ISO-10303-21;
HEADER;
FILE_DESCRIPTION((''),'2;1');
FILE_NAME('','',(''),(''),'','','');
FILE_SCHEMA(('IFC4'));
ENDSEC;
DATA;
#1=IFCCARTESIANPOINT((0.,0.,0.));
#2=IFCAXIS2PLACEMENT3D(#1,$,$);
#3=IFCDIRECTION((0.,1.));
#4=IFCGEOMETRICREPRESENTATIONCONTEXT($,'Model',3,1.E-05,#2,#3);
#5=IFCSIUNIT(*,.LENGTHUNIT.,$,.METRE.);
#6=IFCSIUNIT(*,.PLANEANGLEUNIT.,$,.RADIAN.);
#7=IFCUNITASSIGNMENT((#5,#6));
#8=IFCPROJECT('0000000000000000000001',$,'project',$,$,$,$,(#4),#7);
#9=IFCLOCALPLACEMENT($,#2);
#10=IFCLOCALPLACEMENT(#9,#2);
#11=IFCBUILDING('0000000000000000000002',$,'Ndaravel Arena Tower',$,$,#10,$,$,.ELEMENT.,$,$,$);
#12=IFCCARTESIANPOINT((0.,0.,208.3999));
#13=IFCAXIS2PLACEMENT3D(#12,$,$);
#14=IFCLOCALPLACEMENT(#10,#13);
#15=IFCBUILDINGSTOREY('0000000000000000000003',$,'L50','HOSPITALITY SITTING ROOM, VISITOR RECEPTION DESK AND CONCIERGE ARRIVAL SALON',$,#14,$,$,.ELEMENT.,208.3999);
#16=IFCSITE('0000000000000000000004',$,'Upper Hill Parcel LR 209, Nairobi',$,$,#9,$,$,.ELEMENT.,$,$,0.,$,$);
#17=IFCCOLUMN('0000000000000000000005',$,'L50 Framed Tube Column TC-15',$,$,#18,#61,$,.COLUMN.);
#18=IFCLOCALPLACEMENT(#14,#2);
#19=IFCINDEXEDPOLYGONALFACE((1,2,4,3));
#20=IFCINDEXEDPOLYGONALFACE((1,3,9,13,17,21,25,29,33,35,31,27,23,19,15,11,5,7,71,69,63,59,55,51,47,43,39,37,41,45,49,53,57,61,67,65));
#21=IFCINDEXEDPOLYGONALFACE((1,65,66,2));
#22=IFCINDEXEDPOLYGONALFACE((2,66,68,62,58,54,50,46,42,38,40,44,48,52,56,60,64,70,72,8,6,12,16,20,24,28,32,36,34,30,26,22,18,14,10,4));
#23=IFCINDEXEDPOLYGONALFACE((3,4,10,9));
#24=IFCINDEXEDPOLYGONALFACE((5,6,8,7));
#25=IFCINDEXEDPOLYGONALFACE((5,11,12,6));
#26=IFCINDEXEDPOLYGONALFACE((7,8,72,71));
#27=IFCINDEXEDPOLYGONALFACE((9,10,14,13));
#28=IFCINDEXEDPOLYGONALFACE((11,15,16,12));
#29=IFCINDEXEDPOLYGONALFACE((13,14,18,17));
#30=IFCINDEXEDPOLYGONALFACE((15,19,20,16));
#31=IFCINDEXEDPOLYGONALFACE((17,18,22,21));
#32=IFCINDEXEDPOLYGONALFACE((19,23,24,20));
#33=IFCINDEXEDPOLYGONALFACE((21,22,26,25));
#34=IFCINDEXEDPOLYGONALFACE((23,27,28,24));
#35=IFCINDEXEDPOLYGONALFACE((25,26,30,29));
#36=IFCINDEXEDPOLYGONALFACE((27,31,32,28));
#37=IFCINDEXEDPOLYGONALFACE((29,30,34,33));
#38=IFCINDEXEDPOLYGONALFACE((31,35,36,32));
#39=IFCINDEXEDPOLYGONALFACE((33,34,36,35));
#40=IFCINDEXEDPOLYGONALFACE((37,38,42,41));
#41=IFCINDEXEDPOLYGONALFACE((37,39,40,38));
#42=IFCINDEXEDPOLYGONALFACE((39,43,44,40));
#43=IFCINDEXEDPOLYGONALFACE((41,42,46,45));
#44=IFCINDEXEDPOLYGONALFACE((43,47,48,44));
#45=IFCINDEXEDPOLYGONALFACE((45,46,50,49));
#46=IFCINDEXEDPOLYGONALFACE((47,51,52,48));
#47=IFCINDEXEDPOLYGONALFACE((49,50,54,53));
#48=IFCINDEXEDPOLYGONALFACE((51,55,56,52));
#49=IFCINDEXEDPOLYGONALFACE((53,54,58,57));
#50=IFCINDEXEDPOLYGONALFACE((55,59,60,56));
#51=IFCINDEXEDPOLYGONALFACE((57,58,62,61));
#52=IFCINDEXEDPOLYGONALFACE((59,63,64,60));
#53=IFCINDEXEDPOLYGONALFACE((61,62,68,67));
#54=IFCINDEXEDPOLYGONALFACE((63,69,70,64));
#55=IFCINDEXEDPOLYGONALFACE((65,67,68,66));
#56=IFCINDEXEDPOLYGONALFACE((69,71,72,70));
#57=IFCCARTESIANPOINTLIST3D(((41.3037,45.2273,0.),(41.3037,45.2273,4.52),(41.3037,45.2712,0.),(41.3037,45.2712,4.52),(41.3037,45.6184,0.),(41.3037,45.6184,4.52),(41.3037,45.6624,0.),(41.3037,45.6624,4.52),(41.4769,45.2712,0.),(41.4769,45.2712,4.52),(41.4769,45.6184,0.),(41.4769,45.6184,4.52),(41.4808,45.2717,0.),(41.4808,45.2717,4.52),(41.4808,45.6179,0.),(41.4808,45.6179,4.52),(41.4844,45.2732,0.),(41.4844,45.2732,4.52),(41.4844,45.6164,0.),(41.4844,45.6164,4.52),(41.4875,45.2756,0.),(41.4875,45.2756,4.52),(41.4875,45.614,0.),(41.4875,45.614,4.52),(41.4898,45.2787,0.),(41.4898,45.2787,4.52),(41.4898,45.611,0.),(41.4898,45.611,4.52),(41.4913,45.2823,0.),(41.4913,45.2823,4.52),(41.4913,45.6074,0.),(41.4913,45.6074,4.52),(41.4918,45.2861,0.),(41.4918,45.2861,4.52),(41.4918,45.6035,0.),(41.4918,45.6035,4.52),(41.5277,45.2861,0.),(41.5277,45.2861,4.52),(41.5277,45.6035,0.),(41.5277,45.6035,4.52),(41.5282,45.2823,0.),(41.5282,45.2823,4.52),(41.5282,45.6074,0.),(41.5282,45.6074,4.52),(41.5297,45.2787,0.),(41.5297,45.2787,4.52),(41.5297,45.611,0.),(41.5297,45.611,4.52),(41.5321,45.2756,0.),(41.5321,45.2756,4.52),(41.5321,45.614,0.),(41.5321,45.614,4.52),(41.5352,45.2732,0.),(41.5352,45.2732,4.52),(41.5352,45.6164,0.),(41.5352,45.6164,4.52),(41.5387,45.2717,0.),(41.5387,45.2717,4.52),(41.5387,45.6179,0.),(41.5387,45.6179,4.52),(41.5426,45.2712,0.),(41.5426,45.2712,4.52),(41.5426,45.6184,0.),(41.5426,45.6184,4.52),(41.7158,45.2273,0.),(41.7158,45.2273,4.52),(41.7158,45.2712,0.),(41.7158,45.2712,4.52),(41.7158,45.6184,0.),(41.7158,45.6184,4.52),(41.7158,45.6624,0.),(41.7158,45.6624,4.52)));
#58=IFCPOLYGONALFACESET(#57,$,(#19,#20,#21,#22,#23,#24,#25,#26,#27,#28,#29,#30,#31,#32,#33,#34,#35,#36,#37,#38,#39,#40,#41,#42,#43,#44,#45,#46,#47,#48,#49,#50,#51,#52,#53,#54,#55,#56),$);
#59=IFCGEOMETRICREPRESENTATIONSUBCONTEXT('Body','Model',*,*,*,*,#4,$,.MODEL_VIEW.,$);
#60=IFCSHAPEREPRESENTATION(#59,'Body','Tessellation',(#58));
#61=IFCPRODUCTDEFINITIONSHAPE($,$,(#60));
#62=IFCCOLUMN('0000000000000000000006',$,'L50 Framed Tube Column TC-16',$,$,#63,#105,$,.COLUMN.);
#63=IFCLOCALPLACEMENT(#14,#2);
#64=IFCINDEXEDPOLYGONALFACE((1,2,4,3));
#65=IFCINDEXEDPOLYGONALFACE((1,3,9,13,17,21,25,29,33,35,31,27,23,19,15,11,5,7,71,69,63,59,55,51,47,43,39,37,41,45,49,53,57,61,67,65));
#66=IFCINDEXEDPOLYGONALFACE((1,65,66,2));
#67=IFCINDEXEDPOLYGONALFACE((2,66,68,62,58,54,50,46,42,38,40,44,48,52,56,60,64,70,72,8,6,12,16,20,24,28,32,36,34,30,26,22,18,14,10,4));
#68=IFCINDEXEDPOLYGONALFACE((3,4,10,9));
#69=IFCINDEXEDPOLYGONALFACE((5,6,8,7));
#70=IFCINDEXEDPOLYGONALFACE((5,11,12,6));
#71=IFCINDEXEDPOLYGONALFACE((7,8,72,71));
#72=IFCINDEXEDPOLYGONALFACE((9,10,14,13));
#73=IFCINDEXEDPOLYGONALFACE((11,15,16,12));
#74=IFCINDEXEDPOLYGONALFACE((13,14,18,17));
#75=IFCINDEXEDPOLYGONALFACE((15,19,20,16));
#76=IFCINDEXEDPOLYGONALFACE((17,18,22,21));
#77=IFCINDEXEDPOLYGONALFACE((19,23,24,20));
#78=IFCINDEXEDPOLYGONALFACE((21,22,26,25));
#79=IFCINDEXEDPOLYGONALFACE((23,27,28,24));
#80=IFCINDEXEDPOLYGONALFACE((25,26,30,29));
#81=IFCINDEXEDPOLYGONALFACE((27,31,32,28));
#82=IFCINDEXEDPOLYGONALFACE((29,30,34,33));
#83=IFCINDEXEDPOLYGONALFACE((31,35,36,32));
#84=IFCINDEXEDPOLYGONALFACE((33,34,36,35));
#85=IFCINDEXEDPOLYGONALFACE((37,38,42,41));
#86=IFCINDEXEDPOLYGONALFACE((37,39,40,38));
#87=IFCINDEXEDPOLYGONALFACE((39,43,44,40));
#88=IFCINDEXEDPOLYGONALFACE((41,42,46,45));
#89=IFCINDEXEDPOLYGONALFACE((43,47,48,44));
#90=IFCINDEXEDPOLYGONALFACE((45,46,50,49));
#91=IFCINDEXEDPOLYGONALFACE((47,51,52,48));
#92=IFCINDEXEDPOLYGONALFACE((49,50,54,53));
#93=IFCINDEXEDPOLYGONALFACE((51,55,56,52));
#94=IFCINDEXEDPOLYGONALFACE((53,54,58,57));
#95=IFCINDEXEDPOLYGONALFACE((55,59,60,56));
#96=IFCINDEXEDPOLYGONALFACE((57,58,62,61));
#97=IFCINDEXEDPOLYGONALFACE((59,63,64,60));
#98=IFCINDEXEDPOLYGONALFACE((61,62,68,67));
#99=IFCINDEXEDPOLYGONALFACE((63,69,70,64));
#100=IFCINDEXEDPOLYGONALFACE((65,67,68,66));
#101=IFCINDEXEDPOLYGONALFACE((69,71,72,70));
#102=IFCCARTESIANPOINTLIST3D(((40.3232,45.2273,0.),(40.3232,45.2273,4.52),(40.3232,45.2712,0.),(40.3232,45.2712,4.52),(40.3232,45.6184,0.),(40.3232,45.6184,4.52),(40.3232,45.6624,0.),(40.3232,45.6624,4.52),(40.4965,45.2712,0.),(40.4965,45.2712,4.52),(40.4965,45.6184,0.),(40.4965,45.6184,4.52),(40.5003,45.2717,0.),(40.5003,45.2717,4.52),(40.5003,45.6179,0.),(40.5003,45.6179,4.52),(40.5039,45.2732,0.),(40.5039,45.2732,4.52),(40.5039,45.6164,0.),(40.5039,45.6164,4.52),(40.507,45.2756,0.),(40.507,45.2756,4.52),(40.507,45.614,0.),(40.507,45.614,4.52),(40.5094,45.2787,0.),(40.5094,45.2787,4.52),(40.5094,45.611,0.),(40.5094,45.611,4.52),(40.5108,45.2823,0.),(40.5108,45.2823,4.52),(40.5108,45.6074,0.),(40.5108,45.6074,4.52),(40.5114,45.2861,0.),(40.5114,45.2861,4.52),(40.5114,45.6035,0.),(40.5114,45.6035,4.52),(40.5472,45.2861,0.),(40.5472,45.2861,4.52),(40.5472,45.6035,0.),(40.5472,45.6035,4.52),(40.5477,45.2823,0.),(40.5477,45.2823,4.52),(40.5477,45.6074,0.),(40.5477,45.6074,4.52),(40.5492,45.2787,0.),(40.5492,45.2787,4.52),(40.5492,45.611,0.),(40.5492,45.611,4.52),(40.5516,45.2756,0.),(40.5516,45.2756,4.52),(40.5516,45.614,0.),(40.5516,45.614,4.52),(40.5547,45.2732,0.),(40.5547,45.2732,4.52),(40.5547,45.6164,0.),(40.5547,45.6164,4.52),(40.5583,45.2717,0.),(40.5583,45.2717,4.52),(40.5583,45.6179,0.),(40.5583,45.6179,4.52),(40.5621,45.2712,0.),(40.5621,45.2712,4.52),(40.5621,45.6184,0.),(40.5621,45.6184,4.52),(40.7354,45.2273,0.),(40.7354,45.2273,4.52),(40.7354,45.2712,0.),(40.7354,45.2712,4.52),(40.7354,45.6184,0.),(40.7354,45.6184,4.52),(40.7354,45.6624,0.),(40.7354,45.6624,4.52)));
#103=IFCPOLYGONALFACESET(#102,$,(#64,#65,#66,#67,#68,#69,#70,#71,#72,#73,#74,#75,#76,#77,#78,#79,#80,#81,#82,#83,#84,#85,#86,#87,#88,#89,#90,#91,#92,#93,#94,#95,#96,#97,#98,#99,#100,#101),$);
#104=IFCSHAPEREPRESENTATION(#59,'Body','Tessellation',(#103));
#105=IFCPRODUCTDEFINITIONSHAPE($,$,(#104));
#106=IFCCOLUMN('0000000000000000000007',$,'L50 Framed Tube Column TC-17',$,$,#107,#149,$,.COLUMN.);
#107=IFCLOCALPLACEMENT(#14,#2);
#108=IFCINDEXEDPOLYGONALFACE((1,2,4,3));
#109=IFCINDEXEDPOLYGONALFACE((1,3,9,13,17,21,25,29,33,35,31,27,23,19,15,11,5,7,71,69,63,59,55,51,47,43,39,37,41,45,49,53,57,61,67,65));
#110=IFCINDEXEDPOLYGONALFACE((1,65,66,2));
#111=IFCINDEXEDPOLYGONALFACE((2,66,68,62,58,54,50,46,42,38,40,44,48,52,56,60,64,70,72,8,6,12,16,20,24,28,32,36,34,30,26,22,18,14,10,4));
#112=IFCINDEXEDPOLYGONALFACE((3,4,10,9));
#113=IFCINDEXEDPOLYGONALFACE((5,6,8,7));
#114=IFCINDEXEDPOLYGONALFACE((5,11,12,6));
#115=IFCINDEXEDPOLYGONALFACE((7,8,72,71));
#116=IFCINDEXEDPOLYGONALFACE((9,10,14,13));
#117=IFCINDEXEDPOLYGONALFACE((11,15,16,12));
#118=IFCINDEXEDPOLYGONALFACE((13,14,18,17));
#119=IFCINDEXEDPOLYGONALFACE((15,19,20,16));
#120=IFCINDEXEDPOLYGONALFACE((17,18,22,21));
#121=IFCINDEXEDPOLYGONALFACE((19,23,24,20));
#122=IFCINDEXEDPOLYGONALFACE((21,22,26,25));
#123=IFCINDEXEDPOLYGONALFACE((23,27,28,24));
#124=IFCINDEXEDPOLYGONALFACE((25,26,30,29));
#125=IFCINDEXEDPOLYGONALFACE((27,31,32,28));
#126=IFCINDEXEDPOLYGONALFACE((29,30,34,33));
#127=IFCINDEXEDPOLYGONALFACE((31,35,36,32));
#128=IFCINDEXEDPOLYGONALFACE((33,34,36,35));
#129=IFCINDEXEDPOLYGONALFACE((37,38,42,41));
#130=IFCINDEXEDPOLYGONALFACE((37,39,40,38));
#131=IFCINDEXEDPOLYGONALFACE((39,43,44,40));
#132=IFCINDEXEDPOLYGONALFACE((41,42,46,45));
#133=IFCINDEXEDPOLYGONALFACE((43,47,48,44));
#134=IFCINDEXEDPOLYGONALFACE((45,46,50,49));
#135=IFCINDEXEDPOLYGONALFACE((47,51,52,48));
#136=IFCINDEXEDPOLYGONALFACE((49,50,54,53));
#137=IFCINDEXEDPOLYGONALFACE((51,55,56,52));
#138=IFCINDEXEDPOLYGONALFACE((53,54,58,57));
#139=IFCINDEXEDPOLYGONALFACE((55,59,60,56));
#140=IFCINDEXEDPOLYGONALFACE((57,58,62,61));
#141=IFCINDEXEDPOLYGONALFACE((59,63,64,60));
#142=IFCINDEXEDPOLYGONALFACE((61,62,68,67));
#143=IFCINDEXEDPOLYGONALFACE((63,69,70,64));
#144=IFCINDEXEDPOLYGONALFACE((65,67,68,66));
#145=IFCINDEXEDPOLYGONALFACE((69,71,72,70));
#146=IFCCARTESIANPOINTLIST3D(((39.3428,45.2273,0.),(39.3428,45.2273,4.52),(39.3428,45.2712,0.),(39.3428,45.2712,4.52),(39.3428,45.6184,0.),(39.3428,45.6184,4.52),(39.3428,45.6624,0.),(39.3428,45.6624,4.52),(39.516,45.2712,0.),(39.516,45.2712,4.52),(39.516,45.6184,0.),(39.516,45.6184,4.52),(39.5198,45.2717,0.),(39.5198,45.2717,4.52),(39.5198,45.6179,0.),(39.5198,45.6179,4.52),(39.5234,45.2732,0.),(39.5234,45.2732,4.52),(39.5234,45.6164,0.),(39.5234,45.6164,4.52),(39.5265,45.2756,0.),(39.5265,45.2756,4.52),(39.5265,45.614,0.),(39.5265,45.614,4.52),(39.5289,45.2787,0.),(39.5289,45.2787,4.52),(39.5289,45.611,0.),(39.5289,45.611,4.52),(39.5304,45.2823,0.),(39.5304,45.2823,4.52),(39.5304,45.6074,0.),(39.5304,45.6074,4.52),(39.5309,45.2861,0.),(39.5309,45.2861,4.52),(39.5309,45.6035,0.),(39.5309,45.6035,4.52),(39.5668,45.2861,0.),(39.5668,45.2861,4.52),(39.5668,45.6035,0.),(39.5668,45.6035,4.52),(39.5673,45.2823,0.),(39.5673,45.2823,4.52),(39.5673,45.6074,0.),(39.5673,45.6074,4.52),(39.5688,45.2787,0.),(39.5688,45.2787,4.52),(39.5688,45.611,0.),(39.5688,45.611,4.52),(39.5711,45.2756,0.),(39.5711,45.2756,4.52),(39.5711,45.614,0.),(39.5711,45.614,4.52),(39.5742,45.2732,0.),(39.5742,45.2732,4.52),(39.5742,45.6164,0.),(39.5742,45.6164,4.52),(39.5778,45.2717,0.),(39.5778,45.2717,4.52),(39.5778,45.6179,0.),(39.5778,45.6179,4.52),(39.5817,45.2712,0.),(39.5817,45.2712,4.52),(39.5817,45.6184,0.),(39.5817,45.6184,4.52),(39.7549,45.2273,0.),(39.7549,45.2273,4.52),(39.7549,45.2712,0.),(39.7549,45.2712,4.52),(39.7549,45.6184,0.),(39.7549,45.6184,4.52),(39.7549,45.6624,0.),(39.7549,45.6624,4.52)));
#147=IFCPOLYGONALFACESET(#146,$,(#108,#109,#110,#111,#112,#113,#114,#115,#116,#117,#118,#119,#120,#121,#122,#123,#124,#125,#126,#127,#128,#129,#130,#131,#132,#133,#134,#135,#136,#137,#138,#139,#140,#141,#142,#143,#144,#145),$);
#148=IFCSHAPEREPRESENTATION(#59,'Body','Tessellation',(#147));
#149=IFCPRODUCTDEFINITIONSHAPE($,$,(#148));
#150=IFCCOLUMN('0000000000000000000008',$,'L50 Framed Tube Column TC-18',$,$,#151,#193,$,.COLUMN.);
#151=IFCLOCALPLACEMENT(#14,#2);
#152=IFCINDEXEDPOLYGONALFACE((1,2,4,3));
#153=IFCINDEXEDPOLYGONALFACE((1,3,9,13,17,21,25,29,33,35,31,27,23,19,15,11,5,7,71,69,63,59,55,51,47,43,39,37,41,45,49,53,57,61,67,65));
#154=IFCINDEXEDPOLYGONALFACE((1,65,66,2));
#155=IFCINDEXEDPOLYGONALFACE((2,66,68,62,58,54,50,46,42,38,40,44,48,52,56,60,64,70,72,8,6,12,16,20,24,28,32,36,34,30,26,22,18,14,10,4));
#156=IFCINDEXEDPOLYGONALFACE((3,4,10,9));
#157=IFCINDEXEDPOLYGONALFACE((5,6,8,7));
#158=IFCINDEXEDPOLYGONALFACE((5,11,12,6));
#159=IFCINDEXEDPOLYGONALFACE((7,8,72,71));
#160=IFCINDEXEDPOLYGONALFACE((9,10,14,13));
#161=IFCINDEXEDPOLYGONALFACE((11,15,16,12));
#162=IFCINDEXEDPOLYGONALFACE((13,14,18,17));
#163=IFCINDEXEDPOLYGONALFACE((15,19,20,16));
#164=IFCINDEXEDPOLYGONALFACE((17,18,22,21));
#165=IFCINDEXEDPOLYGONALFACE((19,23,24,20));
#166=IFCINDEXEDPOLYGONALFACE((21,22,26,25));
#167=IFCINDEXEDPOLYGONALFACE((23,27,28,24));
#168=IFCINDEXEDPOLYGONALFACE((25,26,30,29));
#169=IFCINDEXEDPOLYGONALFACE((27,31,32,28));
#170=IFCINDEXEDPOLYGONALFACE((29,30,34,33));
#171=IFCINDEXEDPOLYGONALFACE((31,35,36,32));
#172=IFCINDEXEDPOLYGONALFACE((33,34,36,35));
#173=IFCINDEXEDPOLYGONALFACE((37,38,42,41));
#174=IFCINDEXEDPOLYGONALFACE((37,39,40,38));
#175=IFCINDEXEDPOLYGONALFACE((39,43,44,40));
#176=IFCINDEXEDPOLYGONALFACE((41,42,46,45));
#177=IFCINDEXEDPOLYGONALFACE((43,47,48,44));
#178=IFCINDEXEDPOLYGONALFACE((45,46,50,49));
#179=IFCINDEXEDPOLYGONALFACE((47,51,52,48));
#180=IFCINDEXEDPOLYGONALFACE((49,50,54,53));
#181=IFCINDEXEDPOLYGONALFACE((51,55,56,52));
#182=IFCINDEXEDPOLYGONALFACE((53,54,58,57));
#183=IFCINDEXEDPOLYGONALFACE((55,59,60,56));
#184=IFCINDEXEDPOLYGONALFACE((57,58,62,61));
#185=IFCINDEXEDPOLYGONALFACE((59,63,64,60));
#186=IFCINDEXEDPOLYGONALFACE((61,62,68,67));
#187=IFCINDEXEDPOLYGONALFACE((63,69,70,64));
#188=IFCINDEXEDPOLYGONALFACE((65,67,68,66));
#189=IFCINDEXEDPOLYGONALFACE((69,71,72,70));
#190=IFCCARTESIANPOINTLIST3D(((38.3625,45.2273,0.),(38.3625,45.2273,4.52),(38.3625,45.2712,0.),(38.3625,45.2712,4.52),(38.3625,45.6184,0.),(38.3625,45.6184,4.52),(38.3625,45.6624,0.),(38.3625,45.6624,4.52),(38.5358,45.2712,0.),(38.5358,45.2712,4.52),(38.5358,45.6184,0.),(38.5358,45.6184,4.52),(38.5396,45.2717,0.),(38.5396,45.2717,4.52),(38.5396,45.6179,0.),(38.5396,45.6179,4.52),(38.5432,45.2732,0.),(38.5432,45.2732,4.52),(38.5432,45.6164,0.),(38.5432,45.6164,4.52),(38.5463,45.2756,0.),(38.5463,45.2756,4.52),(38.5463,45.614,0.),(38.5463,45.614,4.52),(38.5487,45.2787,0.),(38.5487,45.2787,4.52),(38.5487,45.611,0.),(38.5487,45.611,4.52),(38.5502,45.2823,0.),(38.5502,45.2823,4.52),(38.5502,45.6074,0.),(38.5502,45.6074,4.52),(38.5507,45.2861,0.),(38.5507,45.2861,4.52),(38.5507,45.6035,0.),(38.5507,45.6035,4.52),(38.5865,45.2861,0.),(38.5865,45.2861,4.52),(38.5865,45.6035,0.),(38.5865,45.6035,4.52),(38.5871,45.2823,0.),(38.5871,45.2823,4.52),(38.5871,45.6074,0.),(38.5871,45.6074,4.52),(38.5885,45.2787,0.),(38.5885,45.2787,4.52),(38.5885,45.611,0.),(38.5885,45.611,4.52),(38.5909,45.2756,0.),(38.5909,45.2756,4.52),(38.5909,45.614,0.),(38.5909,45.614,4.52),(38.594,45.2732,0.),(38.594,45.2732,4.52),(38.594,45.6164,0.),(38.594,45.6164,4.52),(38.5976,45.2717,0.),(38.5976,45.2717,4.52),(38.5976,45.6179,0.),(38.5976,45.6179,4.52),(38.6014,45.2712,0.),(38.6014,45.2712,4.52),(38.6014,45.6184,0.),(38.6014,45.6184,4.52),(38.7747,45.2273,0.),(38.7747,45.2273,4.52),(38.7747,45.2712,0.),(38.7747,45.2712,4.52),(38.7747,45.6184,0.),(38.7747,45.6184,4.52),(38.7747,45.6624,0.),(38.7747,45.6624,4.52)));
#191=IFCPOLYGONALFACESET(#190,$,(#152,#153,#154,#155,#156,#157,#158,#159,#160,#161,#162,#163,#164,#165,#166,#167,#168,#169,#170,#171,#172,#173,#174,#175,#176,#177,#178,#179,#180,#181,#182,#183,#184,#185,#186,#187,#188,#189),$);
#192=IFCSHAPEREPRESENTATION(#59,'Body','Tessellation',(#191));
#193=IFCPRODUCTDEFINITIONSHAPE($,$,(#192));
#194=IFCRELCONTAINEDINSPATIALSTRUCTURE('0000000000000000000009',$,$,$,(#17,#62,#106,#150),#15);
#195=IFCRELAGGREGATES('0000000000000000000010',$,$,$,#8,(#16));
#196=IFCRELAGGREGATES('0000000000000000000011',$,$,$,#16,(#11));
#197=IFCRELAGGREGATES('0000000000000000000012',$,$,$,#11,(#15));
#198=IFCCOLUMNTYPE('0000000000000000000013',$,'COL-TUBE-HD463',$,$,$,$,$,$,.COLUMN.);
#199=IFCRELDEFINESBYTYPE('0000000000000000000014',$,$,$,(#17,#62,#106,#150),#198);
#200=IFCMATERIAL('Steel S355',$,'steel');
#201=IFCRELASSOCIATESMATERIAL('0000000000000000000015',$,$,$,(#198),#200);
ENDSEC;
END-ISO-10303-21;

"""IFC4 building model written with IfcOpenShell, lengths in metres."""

from ifc_helpers import new_model, si_unit, direction, frame, origin, origin_2d, place, context, subcontext, project, spatial, i_section, extrude, material, material_profile, profile_set, type_object, element, save


model = new_model("IFC4")

# Units and contexts
model_context = context("Model", 3, precision=1e-05, world=origin(), true_north=direction((0.0, 1.0)))
body_context = subcontext(model_context, "Body", "Model", "MODEL_VIEW")
ifc_project = project(units=[si_unit("LENGTHUNIT", "METRE"), si_unit("PLANEANGLEUNIT", "RADIAN")], contexts=[model_context])

# Site, building, storey
site_placement = place(None, origin())
site = spatial("IfcSite", under=ifc_project, at=site_placement, Name="Upper Hill Parcel LR 209, Nairobi", CompositionType="ELEMENT", RefElevation=0.0)
building_placement = place(site_placement, origin())
building = spatial("IfcBuilding", under=site, at=building_placement, Name="Ndaravel Arena Tower", CompositionType="ELEMENT")
storey_placement = place(building_placement, frame((0.0, 0.0, 208.3999)))
storey = spatial("IfcBuildingStorey", under=building, at=storey_placement, Name="L50", Description="HOSPITALITY SITTING ROOM, VISITOR RECEPTION DESK AND CONCIERGE ARRIVAL SALON", CompositionType="ELEMENT", Elevation=208.3999)

# Columns
ifc_material_1 = material(Name="Steel S355", Category="steel")
ifc_material_profile_1 = material_profile(ifc_material_1, i_section(OverallWidth=0.4121, OverallDepth=0.4351, WebThickness=0.0359, FlangeThickness=0.0439, FilletRadius=0.0149, at=origin_2d()), Name="HD 400x463")
ifc_profile_set_1 = profile_set([ifc_material_profile_1], Name="Steel S355")
column_type = type_object("IfcColumnType", Name="COL-TUBE-HD463", PredefinedType="COLUMN", material=ifc_profile_set_1)
for number, where, z_axis, x_axis, name in (
    (1, (41.5098, 45.4448, 0.0), (0.0, 0.0, 1.0), (1.0, 0.0, 0.0), "L50 Framed Tube Column TC-15"),
    (2, (40.5293, 45.4448, 0.0), (0.0, 0.0, 1.0), (1.0, 0.0, 0.0), "L50 Framed Tube Column TC-16"),
    (3, (39.5488, 45.4448, 0.0), (0.0, 0.0, 1.0), (1.0, 0.0, 0.0), "L50 Framed Tube Column TC-17"),
    (4, (38.5686, 45.4448, 0.0), (0.0, 0.0, 1.0), (1.0, 0.0, 0.0), "L50 Framed Tube Column TC-18"),
):
    element("IfcColumn", number, at=place(storey_placement, frame(where, z_axis=z_axis, x_axis=x_axis)), inside=storey, type_object=column_type, Name=name, PredefinedType="COLUMN", context=body_context, shape_type="SweptSolid", body=[
        extrude(i_section(OverallWidth=0.4121, OverallDepth=0.4351, WebThickness=0.0359, FlangeThickness=0.0439, FilletRadius=0.0149, at=origin_2d()), origin(), (0.0, 0.0, 1.0), 4.52),
    ])

save(model, "model.ifc")
